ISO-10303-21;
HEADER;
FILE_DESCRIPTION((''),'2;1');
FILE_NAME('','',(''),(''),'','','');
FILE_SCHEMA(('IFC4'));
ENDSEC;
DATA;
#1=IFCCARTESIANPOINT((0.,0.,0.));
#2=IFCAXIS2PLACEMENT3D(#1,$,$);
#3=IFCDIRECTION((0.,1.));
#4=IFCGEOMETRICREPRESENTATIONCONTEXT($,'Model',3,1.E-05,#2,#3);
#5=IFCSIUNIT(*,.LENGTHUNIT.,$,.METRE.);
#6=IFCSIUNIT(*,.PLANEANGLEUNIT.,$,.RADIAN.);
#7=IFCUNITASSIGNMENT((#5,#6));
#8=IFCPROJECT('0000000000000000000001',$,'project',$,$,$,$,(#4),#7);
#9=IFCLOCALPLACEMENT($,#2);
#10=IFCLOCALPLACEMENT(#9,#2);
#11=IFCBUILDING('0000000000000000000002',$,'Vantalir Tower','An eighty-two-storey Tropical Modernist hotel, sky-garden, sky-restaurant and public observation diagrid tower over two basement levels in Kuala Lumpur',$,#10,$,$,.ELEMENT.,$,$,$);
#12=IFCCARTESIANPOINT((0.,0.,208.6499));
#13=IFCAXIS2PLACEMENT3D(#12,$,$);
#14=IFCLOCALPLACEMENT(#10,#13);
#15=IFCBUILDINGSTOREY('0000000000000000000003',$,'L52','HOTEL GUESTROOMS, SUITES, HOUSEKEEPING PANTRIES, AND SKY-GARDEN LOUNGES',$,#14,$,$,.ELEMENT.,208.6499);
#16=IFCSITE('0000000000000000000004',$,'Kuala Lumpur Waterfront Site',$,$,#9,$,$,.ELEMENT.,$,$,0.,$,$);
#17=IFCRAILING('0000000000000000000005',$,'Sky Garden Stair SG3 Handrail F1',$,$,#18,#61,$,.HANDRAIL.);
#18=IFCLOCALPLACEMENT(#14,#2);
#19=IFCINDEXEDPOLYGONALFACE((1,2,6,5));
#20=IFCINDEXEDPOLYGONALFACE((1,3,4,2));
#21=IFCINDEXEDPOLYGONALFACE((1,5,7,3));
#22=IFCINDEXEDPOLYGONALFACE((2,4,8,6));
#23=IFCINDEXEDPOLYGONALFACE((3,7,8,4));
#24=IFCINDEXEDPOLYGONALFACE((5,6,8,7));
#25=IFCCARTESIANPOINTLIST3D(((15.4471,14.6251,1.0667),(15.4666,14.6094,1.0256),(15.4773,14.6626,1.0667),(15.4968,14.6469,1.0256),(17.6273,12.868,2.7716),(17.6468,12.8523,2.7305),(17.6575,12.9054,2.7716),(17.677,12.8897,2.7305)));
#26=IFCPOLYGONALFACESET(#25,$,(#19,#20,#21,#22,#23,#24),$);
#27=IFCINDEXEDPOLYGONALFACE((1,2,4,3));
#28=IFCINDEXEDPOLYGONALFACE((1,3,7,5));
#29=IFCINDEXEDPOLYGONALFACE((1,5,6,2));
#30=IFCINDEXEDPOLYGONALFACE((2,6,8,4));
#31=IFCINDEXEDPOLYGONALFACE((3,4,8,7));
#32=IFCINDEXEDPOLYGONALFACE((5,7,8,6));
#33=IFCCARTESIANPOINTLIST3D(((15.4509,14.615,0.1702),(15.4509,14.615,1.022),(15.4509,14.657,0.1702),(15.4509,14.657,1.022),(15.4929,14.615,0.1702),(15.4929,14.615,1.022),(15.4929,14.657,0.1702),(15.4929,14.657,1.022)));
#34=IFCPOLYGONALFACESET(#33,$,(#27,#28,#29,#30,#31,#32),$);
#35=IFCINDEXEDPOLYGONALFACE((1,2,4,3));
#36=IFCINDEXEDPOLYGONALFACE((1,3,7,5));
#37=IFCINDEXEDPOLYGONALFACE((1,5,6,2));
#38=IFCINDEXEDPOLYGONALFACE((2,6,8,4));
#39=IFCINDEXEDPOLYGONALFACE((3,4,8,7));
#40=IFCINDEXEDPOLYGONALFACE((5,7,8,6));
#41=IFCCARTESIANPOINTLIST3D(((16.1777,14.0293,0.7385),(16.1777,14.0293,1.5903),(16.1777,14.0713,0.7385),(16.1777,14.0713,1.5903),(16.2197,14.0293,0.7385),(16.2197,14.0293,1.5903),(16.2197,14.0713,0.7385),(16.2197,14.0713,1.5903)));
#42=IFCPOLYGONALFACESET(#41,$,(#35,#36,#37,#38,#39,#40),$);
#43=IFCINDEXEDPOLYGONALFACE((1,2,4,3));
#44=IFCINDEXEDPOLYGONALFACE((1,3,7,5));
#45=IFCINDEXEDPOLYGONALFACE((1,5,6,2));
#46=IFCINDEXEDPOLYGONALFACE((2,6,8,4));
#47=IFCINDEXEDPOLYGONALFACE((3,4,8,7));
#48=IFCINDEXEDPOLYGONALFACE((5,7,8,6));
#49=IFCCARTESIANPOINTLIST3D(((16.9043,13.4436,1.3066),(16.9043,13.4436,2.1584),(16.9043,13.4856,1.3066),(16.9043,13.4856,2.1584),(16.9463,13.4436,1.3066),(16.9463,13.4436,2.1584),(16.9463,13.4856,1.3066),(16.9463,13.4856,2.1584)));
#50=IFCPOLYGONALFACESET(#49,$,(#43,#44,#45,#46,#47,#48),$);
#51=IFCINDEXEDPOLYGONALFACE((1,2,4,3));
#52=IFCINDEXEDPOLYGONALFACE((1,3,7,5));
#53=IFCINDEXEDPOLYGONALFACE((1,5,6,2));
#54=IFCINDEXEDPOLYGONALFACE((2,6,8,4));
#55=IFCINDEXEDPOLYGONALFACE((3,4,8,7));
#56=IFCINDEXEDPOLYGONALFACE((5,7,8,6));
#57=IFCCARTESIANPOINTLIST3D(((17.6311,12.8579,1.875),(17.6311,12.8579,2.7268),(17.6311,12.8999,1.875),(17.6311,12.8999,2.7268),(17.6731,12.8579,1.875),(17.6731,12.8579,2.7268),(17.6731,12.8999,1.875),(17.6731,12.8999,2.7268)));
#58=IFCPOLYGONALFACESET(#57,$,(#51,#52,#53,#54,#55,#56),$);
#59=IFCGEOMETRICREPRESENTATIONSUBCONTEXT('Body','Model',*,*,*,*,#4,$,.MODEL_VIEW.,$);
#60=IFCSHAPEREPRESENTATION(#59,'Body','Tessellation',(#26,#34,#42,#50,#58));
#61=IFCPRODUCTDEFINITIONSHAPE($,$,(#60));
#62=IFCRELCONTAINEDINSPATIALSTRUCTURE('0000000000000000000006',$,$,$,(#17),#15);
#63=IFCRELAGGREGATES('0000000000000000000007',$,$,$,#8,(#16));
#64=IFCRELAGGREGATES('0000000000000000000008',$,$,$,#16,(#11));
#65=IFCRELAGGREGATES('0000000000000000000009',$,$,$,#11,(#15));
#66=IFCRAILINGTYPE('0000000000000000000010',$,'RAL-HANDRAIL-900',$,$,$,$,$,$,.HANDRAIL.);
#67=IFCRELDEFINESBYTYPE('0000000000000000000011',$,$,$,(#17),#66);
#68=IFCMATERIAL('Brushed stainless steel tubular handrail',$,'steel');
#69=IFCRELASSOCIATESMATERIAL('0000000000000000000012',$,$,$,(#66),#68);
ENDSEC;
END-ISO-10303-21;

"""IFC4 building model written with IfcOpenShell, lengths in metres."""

from ifc_helpers import new_model, si_unit, direction, frame, origin, origin_2d, place, context, subcontext, project, spatial, rectangle, extrude, material, type_object, element, save


model = new_model("IFC4")

# Units and contexts
model_context = context("Model", 3, precision=1e-05, world=origin(), true_north=direction((0.0, 1.0)))
body_context = subcontext(model_context, "Body", "Model", "MODEL_VIEW")
ifc_project = project(units=[si_unit("LENGTHUNIT", "METRE"), si_unit("PLANEANGLEUNIT", "RADIAN")], contexts=[model_context])

# Site, building, storey
site_placement = place(None, origin())
site = spatial("IfcSite", under=ifc_project, at=site_placement, Name="Kuala Lumpur Waterfront Site", CompositionType="ELEMENT", RefElevation=0.0)
building_placement = place(site_placement, origin())
building = spatial("IfcBuilding", under=site, at=building_placement, Name="Vantalir Tower", Description="An eighty-two-storey Tropical Modernist hotel, sky-garden, sky-restaurant and public observation diagrid tower over two basement levels in Kuala Lumpur", CompositionType="ELEMENT")
storey_placement = place(building_placement, frame((0.0, 0.0, 208.6499)))
storey = spatial("IfcBuildingStorey", under=building, at=storey_placement, Name="L52", Description="HOTEL GUESTROOMS, SUITES, HOUSEKEEPING PANTRIES, AND SKY-GARDEN LOUNGES", CompositionType="ELEMENT", Elevation=208.6499)

# Railing
ifc_material_1 = material(Name="Brushed stainless steel tubular handrail", Category="steel")
railing_type_1 = type_object("IfcRailingType", Name="RAL-HANDRAIL-900", PredefinedType="HANDRAIL", material=ifc_material_1)
railing_1_placement = place(storey_placement, frame((15.4719, 14.636, 0.1702)))
element("IfcRailing", 1, at=railing_1_placement, inside=storey, type_object=railing_type_1, Name="Sky Garden Stair SG3 Handrail F1", PredefinedType="HANDRAIL", context=body_context, shape_type="SweptSolid", body=[
    extrude(rectangle(XDim=0.0481, YDim=0.0481, at=origin_2d()), frame((0.0, 0.0, 0.876), z_axis=(0.665042, -0.53598, 0.520043), x_axis=(0.627509, 0.77861, 0.0)), (0.0, 0.0, 1.0), 3.2783),
    extrude(rectangle(XDim=0.042, YDim=0.042, at=origin_2d()), origin(), (0.0, 0.0, 1.0), 0.8518),
    extrude(rectangle(XDim=0.042, YDim=0.042, at=origin_2d()), frame((0.7268, -0.5857, 0.5684)), (0.0, 0.0, 1.0), 0.8518),
    extrude(rectangle(XDim=0.042, YDim=0.042, at=origin_2d()), frame((1.4534, -1.1714, 1.1365)), (0.0, 0.0, 1.0), 0.8518),
    extrude(rectangle(XDim=0.042, YDim=0.042, at=origin_2d()), frame((2.1802, -1.7571, 1.7048)), (0.0, 0.0, 1.0), 0.8518),
])

save(model, "model.ifc")
